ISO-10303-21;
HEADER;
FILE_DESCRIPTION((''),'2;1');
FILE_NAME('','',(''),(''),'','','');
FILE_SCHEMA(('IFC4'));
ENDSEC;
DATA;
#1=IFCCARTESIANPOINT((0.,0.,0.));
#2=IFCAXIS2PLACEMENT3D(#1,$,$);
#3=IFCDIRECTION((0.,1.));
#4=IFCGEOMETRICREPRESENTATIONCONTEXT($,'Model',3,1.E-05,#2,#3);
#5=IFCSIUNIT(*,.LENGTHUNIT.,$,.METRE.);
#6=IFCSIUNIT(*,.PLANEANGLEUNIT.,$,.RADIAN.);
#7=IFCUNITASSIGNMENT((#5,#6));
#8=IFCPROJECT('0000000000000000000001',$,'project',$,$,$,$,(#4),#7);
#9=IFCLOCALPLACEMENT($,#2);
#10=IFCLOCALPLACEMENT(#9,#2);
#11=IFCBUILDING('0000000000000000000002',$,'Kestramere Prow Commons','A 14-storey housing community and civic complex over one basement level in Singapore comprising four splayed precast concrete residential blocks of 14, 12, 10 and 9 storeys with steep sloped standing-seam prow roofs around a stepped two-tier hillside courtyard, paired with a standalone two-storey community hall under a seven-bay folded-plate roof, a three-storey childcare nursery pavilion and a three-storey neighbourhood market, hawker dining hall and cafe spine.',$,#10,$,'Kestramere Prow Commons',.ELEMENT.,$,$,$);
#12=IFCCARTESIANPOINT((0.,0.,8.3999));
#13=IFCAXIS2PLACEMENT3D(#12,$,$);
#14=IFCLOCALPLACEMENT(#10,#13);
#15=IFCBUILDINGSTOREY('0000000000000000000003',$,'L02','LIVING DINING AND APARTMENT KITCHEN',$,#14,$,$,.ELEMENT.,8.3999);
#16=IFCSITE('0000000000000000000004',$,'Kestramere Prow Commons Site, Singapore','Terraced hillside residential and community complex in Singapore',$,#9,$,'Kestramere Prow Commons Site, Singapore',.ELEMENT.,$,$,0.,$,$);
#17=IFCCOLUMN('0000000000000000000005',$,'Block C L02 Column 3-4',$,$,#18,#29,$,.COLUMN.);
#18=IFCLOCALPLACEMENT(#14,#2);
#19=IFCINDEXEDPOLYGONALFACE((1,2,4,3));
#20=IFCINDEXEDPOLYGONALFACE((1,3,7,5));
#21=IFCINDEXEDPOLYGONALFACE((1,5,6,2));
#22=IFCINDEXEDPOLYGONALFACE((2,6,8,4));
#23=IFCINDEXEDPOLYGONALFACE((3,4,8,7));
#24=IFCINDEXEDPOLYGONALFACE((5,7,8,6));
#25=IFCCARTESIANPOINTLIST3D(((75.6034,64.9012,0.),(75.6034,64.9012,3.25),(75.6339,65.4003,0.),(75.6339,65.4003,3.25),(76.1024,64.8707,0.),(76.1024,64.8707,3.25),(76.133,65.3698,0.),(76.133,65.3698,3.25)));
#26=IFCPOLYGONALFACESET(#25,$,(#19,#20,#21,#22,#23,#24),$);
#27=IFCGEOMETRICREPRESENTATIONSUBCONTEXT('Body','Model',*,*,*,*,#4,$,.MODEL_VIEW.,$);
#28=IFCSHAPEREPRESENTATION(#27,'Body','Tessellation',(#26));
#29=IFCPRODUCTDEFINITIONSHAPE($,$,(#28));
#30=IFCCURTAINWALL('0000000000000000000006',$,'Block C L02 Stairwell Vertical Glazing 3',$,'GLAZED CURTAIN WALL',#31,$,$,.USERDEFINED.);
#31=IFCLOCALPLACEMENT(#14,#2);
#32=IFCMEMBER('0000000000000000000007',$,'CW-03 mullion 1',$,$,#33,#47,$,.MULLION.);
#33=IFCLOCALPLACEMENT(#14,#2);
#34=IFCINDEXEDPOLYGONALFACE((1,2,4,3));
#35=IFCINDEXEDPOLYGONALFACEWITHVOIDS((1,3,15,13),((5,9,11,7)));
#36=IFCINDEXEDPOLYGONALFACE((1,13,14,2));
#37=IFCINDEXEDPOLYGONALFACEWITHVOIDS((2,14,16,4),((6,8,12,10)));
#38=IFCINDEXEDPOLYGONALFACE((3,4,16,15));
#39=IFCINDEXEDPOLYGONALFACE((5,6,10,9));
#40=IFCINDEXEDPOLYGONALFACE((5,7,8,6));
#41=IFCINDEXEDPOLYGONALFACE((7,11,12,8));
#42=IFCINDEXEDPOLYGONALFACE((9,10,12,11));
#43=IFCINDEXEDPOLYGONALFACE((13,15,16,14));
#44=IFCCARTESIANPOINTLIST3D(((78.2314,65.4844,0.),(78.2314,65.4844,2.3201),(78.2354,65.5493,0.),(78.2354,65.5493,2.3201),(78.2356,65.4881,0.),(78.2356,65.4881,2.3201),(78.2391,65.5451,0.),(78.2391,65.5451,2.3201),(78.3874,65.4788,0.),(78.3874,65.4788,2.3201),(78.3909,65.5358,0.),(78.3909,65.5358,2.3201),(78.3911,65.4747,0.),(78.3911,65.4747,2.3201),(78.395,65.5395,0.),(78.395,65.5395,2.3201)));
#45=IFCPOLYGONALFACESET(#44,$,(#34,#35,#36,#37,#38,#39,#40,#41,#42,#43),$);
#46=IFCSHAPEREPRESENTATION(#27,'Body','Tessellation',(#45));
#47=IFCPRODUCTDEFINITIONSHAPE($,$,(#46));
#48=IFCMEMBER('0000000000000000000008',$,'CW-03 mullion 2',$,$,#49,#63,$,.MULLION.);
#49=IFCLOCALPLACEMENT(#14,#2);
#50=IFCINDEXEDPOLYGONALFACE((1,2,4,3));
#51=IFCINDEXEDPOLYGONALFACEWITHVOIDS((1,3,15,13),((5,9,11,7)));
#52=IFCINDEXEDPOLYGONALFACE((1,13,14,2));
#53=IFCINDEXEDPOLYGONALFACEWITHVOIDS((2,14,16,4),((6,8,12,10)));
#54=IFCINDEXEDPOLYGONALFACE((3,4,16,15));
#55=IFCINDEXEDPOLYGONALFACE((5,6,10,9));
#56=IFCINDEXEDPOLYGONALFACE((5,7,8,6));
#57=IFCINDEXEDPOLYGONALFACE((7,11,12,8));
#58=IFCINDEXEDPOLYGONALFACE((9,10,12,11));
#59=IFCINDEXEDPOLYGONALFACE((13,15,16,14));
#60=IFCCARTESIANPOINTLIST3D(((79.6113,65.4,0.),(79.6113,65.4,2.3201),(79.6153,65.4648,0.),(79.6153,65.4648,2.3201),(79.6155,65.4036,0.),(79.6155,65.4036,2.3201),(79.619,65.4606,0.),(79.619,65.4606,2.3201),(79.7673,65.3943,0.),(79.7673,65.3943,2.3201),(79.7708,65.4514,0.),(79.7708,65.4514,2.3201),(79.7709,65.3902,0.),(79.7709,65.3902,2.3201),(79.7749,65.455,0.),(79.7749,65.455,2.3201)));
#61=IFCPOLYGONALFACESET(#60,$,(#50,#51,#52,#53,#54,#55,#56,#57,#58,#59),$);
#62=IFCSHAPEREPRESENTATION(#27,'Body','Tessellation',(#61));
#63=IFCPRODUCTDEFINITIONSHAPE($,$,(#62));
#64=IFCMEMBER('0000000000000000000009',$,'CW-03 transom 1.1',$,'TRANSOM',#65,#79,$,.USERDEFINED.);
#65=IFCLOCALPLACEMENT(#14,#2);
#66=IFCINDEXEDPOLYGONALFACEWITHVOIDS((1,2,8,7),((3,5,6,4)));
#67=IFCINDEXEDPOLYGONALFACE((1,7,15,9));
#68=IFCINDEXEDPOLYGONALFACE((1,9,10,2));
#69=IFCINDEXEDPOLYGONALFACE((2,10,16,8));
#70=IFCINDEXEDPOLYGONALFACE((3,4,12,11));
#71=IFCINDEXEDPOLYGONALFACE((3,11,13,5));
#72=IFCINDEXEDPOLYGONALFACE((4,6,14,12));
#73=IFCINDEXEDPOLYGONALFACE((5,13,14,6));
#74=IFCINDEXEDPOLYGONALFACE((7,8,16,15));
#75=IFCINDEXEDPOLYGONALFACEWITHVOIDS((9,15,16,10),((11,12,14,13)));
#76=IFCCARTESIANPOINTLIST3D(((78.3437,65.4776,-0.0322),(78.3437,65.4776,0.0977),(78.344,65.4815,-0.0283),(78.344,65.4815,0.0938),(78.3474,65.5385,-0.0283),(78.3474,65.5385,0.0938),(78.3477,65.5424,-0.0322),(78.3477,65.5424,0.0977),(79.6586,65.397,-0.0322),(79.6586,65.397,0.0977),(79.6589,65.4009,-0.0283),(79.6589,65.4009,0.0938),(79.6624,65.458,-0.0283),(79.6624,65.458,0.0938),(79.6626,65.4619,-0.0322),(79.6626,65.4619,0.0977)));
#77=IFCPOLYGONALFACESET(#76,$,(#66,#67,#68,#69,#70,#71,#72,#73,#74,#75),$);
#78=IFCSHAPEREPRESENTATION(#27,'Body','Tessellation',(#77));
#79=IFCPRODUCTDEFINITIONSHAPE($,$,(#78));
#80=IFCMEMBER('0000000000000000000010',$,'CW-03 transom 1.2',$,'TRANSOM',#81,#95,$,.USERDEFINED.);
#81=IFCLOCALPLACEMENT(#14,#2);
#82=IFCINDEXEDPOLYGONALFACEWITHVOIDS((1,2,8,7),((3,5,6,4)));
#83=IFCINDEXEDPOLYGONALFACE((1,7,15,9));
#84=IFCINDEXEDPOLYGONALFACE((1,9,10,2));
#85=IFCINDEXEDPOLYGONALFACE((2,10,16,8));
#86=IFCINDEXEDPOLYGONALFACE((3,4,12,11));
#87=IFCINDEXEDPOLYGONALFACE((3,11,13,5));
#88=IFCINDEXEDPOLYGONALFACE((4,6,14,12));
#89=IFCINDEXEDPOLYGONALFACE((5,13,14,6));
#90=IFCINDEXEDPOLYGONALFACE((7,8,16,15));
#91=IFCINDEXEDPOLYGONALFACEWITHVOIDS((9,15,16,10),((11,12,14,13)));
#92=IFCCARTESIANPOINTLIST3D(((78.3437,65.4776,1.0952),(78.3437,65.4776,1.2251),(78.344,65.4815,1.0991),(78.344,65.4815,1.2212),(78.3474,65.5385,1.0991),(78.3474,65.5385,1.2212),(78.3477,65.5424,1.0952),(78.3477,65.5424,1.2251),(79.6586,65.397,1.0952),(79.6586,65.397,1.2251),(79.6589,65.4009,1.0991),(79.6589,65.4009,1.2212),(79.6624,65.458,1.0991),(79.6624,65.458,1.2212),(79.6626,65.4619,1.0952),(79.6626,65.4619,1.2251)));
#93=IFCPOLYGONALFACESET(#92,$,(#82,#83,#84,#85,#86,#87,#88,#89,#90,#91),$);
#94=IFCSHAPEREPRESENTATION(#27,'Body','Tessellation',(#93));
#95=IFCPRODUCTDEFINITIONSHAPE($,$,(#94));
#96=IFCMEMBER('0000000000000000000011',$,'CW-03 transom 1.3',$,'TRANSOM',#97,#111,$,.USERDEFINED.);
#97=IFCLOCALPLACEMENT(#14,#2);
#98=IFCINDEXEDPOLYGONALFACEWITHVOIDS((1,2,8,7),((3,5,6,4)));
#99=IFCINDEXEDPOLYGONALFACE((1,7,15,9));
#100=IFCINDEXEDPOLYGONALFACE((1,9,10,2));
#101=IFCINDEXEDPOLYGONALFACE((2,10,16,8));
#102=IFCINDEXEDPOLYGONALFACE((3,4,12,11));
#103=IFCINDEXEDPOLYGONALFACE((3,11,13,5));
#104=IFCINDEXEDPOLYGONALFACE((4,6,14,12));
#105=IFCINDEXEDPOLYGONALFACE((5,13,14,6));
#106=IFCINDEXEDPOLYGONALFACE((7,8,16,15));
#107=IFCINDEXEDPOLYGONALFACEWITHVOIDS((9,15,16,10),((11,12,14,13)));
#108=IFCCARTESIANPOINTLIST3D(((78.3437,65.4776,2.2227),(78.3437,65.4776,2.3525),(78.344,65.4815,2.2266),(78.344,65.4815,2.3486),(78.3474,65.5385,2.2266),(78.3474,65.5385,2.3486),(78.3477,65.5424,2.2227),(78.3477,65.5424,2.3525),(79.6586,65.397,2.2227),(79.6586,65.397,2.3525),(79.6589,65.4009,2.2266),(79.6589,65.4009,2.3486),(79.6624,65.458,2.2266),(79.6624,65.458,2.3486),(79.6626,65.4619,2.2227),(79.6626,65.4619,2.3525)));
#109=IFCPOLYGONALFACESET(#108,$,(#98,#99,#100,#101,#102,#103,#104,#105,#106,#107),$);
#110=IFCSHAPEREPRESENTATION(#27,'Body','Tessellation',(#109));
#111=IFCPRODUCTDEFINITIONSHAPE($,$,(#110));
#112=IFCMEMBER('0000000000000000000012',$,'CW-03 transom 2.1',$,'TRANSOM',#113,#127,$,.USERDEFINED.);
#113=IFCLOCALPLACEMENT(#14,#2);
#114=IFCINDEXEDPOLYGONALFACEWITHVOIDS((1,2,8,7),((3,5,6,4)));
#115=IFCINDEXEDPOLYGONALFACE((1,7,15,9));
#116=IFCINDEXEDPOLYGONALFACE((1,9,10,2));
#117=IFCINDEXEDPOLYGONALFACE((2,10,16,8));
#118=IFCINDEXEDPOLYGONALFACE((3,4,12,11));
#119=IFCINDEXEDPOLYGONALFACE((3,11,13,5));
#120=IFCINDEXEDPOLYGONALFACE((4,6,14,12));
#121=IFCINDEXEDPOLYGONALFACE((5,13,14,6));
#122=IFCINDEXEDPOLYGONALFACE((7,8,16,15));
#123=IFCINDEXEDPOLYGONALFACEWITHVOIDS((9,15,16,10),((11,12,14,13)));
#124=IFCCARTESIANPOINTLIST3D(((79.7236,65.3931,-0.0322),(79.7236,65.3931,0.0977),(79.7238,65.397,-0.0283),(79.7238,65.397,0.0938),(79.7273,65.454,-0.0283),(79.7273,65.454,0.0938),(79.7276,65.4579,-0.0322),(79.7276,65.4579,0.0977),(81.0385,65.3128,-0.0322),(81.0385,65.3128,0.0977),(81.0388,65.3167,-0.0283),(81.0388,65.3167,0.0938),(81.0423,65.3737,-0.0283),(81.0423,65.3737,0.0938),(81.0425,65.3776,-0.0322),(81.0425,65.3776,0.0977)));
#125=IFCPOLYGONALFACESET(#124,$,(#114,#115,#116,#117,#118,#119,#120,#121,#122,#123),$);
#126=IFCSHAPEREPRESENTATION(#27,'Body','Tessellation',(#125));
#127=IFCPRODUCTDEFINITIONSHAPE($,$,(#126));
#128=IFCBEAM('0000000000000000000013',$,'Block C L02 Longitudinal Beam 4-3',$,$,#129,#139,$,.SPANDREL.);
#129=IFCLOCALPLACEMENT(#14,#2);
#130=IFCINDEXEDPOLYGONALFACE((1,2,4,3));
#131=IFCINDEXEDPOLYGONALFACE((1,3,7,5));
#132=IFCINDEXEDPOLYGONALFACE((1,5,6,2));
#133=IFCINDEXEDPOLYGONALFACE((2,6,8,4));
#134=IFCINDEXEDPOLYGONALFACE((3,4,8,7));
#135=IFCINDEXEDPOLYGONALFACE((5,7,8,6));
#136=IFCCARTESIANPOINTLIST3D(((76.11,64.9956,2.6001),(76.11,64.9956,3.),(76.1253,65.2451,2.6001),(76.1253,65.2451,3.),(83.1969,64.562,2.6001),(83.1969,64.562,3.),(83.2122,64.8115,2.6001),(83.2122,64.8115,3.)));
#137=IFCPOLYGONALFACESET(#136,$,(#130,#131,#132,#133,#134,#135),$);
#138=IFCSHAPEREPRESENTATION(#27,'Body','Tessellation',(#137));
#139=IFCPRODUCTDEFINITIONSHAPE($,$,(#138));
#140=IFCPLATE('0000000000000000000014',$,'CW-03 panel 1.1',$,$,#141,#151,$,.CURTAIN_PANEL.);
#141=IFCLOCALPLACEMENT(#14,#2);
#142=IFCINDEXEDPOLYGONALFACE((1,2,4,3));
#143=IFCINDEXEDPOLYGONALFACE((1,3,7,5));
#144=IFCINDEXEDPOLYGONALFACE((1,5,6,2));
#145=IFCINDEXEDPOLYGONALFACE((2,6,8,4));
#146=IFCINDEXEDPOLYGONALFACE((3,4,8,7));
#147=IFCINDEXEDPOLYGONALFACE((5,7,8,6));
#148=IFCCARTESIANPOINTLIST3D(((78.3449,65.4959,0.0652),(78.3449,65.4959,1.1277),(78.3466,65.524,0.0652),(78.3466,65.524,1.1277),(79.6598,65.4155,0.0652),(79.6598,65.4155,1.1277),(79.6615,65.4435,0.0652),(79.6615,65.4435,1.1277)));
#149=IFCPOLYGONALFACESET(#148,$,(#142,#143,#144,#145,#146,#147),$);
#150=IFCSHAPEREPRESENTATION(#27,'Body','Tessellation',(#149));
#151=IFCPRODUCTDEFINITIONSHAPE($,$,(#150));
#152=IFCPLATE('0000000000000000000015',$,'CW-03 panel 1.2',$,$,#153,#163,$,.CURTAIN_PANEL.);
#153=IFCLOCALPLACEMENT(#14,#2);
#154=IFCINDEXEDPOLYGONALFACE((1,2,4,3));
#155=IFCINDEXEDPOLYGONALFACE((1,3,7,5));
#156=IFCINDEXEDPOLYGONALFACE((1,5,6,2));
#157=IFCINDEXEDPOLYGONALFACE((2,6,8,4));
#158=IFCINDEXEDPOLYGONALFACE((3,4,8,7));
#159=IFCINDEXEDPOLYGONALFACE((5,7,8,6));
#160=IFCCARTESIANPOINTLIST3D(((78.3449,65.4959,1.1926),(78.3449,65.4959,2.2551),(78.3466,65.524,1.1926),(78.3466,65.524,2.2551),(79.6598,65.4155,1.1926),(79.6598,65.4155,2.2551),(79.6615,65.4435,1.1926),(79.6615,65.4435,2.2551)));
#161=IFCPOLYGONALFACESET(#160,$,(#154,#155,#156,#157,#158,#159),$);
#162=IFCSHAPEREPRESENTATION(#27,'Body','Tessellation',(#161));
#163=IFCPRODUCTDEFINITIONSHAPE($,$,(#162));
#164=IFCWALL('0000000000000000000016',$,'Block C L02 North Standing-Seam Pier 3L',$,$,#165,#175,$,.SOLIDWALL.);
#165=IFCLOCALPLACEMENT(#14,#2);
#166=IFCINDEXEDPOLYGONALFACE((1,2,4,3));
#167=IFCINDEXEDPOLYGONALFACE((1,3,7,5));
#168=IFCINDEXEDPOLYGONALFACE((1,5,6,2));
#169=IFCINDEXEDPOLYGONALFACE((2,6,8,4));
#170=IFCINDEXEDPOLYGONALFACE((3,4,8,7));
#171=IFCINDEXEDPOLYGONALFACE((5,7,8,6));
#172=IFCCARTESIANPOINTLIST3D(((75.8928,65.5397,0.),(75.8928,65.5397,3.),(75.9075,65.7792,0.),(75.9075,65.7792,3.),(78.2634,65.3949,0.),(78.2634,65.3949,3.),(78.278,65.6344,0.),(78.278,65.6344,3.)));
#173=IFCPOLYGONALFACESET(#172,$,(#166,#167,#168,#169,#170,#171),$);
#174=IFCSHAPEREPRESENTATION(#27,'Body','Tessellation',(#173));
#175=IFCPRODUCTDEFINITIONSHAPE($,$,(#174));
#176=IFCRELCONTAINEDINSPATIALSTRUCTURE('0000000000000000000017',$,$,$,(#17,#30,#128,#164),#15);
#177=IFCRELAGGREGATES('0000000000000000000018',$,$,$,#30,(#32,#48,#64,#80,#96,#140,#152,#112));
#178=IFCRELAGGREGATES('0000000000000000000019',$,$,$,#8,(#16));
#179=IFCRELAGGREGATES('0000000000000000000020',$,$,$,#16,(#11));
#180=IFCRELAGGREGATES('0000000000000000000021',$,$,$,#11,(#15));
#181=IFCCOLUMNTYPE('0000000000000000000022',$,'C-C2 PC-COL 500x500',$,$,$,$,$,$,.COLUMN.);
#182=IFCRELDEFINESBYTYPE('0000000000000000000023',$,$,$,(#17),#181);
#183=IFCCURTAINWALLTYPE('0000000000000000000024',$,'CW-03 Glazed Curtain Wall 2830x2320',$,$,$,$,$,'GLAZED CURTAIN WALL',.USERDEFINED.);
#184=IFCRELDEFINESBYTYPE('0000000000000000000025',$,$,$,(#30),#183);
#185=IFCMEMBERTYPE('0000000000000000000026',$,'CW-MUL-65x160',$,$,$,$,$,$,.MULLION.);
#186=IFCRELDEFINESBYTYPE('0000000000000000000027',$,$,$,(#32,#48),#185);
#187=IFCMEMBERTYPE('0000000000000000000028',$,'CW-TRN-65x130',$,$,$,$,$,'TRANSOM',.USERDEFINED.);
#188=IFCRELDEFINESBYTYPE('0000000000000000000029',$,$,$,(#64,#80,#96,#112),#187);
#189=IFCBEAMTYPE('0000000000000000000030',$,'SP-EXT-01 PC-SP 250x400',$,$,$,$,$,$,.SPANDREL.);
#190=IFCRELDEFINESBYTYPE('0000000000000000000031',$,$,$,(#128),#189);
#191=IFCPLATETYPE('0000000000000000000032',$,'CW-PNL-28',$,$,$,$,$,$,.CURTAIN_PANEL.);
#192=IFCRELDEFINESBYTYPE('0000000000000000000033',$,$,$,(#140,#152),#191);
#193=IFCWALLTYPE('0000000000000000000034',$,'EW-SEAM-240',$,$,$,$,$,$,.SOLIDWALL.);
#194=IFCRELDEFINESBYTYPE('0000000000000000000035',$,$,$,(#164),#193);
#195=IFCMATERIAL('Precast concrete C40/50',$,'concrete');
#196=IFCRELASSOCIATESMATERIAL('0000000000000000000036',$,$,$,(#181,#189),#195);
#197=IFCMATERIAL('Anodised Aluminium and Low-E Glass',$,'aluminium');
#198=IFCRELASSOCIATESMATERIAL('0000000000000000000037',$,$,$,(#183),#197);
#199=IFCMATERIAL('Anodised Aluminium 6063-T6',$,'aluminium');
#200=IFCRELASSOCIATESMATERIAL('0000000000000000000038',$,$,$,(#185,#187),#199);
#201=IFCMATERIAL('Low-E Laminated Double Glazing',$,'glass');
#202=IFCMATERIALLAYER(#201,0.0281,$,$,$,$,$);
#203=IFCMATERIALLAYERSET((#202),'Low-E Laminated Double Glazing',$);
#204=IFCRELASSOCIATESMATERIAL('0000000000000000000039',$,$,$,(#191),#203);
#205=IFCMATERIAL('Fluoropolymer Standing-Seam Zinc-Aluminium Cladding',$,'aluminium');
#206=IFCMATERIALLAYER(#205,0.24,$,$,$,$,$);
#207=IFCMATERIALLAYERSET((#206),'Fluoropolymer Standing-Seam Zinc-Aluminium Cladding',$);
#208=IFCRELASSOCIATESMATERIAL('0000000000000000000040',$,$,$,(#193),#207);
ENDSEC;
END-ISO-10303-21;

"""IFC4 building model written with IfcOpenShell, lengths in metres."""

from ifc_helpers import new_model, si_unit, direction, frame, frame_2d, origin, origin_2d, place, context, subcontext, project, spatial, rectangle, hollow_rectangle, extrude, material, layer, layer_set, material_profile, profile_set, type_object, element, aggregate, save


model = new_model("IFC4")

# Units and contexts
model_context = context("Model", 3, precision=1e-05, world=origin(), true_north=direction((0.0, 1.0)))
body_context = subcontext(model_context, "Body", "Model", "MODEL_VIEW")
ifc_project = project(units=[si_unit("LENGTHUNIT", "METRE"), si_unit("PLANEANGLEUNIT", "RADIAN")], contexts=[model_context])

# Site, building, storey
site_placement = place(None, origin())
site = spatial("IfcSite", under=ifc_project, at=site_placement, Name="Kestramere Prow Commons Site, Singapore", Description="Terraced hillside residential and community complex in Singapore", LongName="Kestramere Prow Commons Site, Singapore", CompositionType="ELEMENT", RefElevation=0.0)
building_placement = place(site_placement, origin())
building = spatial("IfcBuilding", under=site, at=building_placement, Name="Kestramere Prow Commons", Description="A 14-storey housing community and civic complex over one basement level in Singapore comprising four splayed precast concrete residential blocks of 14, 12, 10 and 9 storeys with steep sloped standing-seam prow roofs around a stepped two-tier hillside courtyard, paired with a standalone two-storey community hall under a seven-bay folded-plate roof, a three-storey childcare nursery pavilion and a three-storey neighbourhood market, hawker dining hall and cafe spine.", LongName="Kestramere Prow Commons", CompositionType="ELEMENT")
storey_placement = place(building_placement, frame((0.0, 0.0, 8.3999)))
storey = spatial("IfcBuildingStorey", under=building, at=storey_placement, Name="L02", Description="LIVING DINING AND APARTMENT KITCHEN", CompositionType="ELEMENT", Elevation=8.3999)

# Column
ifc_material_1 = material(Name="Precast concrete C40/50", Category="concrete")
ifc_material_profile_1 = material_profile(ifc_material_1, rectangle(XDim=0.5, YDim=0.5, at=origin_2d()), Name="PC-COL 500x500")
ifc_profile_set_1 = profile_set([ifc_material_profile_1], Name="Precast concrete C40/50")
column_type = type_object("IfcColumnType", Name="C-C2 PC-COL 500x500", PredefinedType="COLUMN", material=ifc_profile_set_1)
column_placement = place(storey_placement, frame((75.8682, 65.1355, 0.0), z_axis=(0.0, 0.0, 1.0), x_axis=(0.998135, -0.061049, 0.0)))
element("IfcColumn", 1, at=column_placement, inside=storey, type_object=column_type, Name="Block C L02 Column 3-4", PredefinedType="COLUMN", context=body_context, shape_type="SweptSolid", body=[
    extrude(rectangle(XDim=0.5, YDim=0.5, at=origin_2d()), origin(), (0.0, 0.0, 1.0), 3.25),
])

# Curtain wall, members
ifc_material_2 = material(Name="Anodised Aluminium and Low-E Glass", Category="aluminium")
curtain_wall_type = type_object("IfcCurtainWallType", Name="CW-03 Glazed Curtain Wall 2830x2320", ElementType="GLAZED CURTAIN WALL", PredefinedType="USERDEFINED", material=ifc_material_2)
curtain_wall_placement = place(storey_placement, origin())
curtain_wall = element("IfcCurtainWall", 2, at=curtain_wall_placement, inside=storey, type_object=curtain_wall_type, Name="Block C L02 Stairwell Vertical Glazing 3", ObjectType="GLAZED CURTAIN WALL", PredefinedType="USERDEFINED")
ifc_material_3 = material(Name="Anodised Aluminium 6063-T6", Category="aluminium")
ifc_material_profile_2 = material_profile(ifc_material_3, hollow_rectangle(XDim=0.0649, YDim=0.1599, WallThickness=0.0039, at=origin_2d()), Name="ALU-MUL 65x160")
ifc_profile_set_2 = profile_set([ifc_material_profile_2], Name="Anodised Aluminium 6063-T6")
member_type_1 = type_object("IfcMemberType", Name="CW-MUL-65x160", PredefinedType="MULLION", material=ifc_profile_set_2)
member_1_placement = place(storey_placement, frame((78.3132, 65.512, 0.0), z_axis=(0.0, 0.0, 1.0), x_axis=(0.061048, 0.998135, 0.0)))
member_1 = element("IfcMember", 3, at=member_1_placement, type_object=member_type_1, Name="CW-03 mullion 1", PredefinedType="MULLION", context=body_context, shape_type="SweptSolid", body=[
    extrude(hollow_rectangle(XDim=0.0649, YDim=0.1599, WallThickness=0.0039, at=origin_2d()), origin(), (0.0, 0.0, 1.0), 2.3201),
])
member_2_placement = place(storey_placement, frame((79.6931, 65.4275, 0.0), z_axis=(0.0, 0.0, 1.0), x_axis=(0.061048, 0.998135, 0.0)))
member_2 = element("IfcMember", 4, at=member_2_placement, type_object=member_type_1, Name="CW-03 mullion 2", PredefinedType="MULLION", context=body_context, shape_type="SweptSolid", body=[
    extrude(hollow_rectangle(XDim=0.0649, YDim=0.1599, WallThickness=0.0039, at=origin_2d()), origin(), (0.0, 0.0, 1.0), 2.3201),
])
ifc_material_profile_3 = material_profile(ifc_material_3, hollow_rectangle(XDim=0.0649, YDim=0.1299, WallThickness=0.0039, at=origin_2d()), Name="ALU-TRN 65x130")
ifc_profile_set_3 = profile_set([ifc_material_profile_3], Name="Anodised Aluminium 6063-T6")
member_type_2 = type_object("IfcMemberType", Name="CW-TRN-65x130", ElementType="TRANSOM", PredefinedType="USERDEFINED", material=ifc_profile_set_3)
member_3_placement = place(storey_placement, frame((78.3457, 65.51, 0.0327), z_axis=(0.998128, -0.061155, 0.0), x_axis=(0.061155, 0.998128, 0.0)))
member_3 = element("IfcMember", 5, at=member_3_placement, type_object=member_type_2, Name="CW-03 transom 1.1", ObjectType="TRANSOM", PredefinedType="USERDEFINED", context=body_context, shape_type="SweptSolid", body=[
    extrude(hollow_rectangle(XDim=0.0649, YDim=0.1299, WallThickness=0.0039, at=origin_2d()), origin(), (0.0, 0.0, 1.0), 1.3174),
])
member_4_placement = place(storey_placement, frame((78.3457, 65.51, 1.1602), z_axis=(0.998128, -0.061155, 0.0), x_axis=(0.061155, 0.998128, 0.0)))
member_4 = element("IfcMember", 6, at=member_4_placement, type_object=member_type_2, Name="CW-03 transom 1.2", ObjectType="TRANSOM", PredefinedType="USERDEFINED", context=body_context, shape_type="SweptSolid", body=[
    extrude(hollow_rectangle(XDim=0.0649, YDim=0.1299, WallThickness=0.0039, at=origin_2d()), origin(), (0.0, 0.0, 1.0), 1.3174),
])
member_5_placement = place(storey_placement, frame((78.3457, 65.51, 2.2876), z_axis=(0.998128, -0.061155, 0.0), x_axis=(0.061155, 0.998128, 0.0)))
member_5 = element("IfcMember", 7, at=member_5_placement, type_object=member_type_2, Name="CW-03 transom 1.3", ObjectType="TRANSOM", PredefinedType="USERDEFINED", context=body_context, shape_type="SweptSolid", body=[
    extrude(hollow_rectangle(XDim=0.0649, YDim=0.1299, WallThickness=0.0039, at=origin_2d()), origin(), (0.0, 0.0, 1.0), 1.3174),
])
member_6_placement = place(storey_placement, frame((79.7256, 65.4255, 0.0327), z_axis=(0.99814, -0.060971, 0.0), x_axis=(0.060971, 0.99814, 0.0)))
member_6 = element("IfcMember", 8, at=member_6_placement, type_object=member_type_2, Name="CW-03 transom 2.1", ObjectType="TRANSOM", PredefinedType="USERDEFINED", context=body_context, shape_type="SweptSolid", body=[
    extrude(hollow_rectangle(XDim=0.0649, YDim=0.1299, WallThickness=0.0039, at=origin_2d()), origin(), (0.0, 0.0, 1.0), 1.3174),
])

# Beam
ifc_material_profile_4 = material_profile(ifc_material_1, rectangle(XDim=0.25, YDim=0.3999, at=origin_2d()), Name="PC-SP 250x400")
ifc_profile_set_4 = profile_set([ifc_material_profile_4], Name="Precast concrete C40/50")
beam_type = type_object("IfcBeamType", Name="SP-EXT-01 PC-SP 250x400", PredefinedType="SPANDREL", material=ifc_profile_set_4)
beam_placement = place(storey_placement, frame((76.1177, 65.1204, 2.8), z_axis=(0.998134, -0.061068, 0.0), x_axis=(0.061068, 0.998134, 0.0)))
element("IfcBeam", 9, at=beam_placement, inside=storey, type_object=beam_type, Name="Block C L02 Longitudinal Beam 4-3", PredefinedType="SPANDREL", context=body_context, shape_type="SweptSolid", body=[
    extrude(rectangle(XDim=0.25, YDim=0.3999, at=origin_2d()), origin(), (0.0, 0.0, 1.0), 7.1001),
])

# Plates
ifc_material_4 = material(Name="Low-E Laminated Double Glazing", Category="glass")
ifc_layer_1 = layer(ifc_material_4, 0.0281)
ifc_layer_set_1 = layer_set([ifc_layer_1], Name="Low-E Laminated Double Glazing")
plate_type = type_object("IfcPlateType", Name="CW-PNL-28", PredefinedType="CURTAIN_PANEL", material=ifc_layer_set_1)
plate_1_placement = place(storey_placement, frame((79.0032, 65.4697, 0.0652), z_axis=(0.0, 0.0, 1.0), x_axis=(0.998135, -0.061048, 0.0)))
plate_1 = element("IfcPlate", 10, at=plate_1_placement, type_object=plate_type, Name="CW-03 panel 1.1", PredefinedType="CURTAIN_PANEL", context=body_context, shape_type="SweptSolid", body=[
    extrude(rectangle(XDim=1.3174, YDim=0.0281, at=origin_2d()), origin(), (0.0, 0.0, 1.0), 1.0625),
])
plate_2_placement = place(storey_placement, frame((79.0032, 65.4697, 1.1926), z_axis=(0.0, 0.0, 1.0), x_axis=(0.998135, -0.061048, 0.0)))
plate_2 = element("IfcPlate", 11, at=plate_2_placement, type_object=plate_type, Name="CW-03 panel 1.2", PredefinedType="CURTAIN_PANEL", context=body_context, shape_type="SweptSolid", body=[
    extrude(rectangle(XDim=1.3174, YDim=0.0281, at=origin_2d()), origin(), (0.0, 0.0, 1.0), 1.0625),
])
aggregate(curtain_wall, [member_1, member_2, member_3, member_4, member_5, plate_1, plate_2, member_6])

# Wall
ifc_material_5 = material(Name="Fluoropolymer Standing-Seam Zinc-Aluminium Cladding", Category="aluminium")
ifc_layer_2 = layer(ifc_material_5, 0.24)
ifc_layer_set_2 = layer_set([ifc_layer_2], Name="Fluoropolymer Standing-Seam Zinc-Aluminium Cladding")
wall_type_1 = type_object("IfcWallType", Name="EW-SEAM-240", PredefinedType="SOLIDWALL", material=ifc_layer_set_2)
wall_1_placement = place(storey_placement, frame((75.9001, 65.6594, 0.0), z_axis=(0.0, 0.0, 1.0), x_axis=(0.99814, -0.060957, 0.0)))
element("IfcWall", 12, at=wall_1_placement, inside=storey, type_object=wall_type_1, Name="Block C L02 North Standing-Seam Pier 3L", PredefinedType="SOLIDWALL", context=body_context, shape_type="SweptSolid", body=[
    extrude(rectangle(XDim=2.375, YDim=0.24, at=frame_2d((1.1875, 0.0))), origin(), (0.0, 0.0, 1.0), 3.0),
])

save(model, "model.ifc")
